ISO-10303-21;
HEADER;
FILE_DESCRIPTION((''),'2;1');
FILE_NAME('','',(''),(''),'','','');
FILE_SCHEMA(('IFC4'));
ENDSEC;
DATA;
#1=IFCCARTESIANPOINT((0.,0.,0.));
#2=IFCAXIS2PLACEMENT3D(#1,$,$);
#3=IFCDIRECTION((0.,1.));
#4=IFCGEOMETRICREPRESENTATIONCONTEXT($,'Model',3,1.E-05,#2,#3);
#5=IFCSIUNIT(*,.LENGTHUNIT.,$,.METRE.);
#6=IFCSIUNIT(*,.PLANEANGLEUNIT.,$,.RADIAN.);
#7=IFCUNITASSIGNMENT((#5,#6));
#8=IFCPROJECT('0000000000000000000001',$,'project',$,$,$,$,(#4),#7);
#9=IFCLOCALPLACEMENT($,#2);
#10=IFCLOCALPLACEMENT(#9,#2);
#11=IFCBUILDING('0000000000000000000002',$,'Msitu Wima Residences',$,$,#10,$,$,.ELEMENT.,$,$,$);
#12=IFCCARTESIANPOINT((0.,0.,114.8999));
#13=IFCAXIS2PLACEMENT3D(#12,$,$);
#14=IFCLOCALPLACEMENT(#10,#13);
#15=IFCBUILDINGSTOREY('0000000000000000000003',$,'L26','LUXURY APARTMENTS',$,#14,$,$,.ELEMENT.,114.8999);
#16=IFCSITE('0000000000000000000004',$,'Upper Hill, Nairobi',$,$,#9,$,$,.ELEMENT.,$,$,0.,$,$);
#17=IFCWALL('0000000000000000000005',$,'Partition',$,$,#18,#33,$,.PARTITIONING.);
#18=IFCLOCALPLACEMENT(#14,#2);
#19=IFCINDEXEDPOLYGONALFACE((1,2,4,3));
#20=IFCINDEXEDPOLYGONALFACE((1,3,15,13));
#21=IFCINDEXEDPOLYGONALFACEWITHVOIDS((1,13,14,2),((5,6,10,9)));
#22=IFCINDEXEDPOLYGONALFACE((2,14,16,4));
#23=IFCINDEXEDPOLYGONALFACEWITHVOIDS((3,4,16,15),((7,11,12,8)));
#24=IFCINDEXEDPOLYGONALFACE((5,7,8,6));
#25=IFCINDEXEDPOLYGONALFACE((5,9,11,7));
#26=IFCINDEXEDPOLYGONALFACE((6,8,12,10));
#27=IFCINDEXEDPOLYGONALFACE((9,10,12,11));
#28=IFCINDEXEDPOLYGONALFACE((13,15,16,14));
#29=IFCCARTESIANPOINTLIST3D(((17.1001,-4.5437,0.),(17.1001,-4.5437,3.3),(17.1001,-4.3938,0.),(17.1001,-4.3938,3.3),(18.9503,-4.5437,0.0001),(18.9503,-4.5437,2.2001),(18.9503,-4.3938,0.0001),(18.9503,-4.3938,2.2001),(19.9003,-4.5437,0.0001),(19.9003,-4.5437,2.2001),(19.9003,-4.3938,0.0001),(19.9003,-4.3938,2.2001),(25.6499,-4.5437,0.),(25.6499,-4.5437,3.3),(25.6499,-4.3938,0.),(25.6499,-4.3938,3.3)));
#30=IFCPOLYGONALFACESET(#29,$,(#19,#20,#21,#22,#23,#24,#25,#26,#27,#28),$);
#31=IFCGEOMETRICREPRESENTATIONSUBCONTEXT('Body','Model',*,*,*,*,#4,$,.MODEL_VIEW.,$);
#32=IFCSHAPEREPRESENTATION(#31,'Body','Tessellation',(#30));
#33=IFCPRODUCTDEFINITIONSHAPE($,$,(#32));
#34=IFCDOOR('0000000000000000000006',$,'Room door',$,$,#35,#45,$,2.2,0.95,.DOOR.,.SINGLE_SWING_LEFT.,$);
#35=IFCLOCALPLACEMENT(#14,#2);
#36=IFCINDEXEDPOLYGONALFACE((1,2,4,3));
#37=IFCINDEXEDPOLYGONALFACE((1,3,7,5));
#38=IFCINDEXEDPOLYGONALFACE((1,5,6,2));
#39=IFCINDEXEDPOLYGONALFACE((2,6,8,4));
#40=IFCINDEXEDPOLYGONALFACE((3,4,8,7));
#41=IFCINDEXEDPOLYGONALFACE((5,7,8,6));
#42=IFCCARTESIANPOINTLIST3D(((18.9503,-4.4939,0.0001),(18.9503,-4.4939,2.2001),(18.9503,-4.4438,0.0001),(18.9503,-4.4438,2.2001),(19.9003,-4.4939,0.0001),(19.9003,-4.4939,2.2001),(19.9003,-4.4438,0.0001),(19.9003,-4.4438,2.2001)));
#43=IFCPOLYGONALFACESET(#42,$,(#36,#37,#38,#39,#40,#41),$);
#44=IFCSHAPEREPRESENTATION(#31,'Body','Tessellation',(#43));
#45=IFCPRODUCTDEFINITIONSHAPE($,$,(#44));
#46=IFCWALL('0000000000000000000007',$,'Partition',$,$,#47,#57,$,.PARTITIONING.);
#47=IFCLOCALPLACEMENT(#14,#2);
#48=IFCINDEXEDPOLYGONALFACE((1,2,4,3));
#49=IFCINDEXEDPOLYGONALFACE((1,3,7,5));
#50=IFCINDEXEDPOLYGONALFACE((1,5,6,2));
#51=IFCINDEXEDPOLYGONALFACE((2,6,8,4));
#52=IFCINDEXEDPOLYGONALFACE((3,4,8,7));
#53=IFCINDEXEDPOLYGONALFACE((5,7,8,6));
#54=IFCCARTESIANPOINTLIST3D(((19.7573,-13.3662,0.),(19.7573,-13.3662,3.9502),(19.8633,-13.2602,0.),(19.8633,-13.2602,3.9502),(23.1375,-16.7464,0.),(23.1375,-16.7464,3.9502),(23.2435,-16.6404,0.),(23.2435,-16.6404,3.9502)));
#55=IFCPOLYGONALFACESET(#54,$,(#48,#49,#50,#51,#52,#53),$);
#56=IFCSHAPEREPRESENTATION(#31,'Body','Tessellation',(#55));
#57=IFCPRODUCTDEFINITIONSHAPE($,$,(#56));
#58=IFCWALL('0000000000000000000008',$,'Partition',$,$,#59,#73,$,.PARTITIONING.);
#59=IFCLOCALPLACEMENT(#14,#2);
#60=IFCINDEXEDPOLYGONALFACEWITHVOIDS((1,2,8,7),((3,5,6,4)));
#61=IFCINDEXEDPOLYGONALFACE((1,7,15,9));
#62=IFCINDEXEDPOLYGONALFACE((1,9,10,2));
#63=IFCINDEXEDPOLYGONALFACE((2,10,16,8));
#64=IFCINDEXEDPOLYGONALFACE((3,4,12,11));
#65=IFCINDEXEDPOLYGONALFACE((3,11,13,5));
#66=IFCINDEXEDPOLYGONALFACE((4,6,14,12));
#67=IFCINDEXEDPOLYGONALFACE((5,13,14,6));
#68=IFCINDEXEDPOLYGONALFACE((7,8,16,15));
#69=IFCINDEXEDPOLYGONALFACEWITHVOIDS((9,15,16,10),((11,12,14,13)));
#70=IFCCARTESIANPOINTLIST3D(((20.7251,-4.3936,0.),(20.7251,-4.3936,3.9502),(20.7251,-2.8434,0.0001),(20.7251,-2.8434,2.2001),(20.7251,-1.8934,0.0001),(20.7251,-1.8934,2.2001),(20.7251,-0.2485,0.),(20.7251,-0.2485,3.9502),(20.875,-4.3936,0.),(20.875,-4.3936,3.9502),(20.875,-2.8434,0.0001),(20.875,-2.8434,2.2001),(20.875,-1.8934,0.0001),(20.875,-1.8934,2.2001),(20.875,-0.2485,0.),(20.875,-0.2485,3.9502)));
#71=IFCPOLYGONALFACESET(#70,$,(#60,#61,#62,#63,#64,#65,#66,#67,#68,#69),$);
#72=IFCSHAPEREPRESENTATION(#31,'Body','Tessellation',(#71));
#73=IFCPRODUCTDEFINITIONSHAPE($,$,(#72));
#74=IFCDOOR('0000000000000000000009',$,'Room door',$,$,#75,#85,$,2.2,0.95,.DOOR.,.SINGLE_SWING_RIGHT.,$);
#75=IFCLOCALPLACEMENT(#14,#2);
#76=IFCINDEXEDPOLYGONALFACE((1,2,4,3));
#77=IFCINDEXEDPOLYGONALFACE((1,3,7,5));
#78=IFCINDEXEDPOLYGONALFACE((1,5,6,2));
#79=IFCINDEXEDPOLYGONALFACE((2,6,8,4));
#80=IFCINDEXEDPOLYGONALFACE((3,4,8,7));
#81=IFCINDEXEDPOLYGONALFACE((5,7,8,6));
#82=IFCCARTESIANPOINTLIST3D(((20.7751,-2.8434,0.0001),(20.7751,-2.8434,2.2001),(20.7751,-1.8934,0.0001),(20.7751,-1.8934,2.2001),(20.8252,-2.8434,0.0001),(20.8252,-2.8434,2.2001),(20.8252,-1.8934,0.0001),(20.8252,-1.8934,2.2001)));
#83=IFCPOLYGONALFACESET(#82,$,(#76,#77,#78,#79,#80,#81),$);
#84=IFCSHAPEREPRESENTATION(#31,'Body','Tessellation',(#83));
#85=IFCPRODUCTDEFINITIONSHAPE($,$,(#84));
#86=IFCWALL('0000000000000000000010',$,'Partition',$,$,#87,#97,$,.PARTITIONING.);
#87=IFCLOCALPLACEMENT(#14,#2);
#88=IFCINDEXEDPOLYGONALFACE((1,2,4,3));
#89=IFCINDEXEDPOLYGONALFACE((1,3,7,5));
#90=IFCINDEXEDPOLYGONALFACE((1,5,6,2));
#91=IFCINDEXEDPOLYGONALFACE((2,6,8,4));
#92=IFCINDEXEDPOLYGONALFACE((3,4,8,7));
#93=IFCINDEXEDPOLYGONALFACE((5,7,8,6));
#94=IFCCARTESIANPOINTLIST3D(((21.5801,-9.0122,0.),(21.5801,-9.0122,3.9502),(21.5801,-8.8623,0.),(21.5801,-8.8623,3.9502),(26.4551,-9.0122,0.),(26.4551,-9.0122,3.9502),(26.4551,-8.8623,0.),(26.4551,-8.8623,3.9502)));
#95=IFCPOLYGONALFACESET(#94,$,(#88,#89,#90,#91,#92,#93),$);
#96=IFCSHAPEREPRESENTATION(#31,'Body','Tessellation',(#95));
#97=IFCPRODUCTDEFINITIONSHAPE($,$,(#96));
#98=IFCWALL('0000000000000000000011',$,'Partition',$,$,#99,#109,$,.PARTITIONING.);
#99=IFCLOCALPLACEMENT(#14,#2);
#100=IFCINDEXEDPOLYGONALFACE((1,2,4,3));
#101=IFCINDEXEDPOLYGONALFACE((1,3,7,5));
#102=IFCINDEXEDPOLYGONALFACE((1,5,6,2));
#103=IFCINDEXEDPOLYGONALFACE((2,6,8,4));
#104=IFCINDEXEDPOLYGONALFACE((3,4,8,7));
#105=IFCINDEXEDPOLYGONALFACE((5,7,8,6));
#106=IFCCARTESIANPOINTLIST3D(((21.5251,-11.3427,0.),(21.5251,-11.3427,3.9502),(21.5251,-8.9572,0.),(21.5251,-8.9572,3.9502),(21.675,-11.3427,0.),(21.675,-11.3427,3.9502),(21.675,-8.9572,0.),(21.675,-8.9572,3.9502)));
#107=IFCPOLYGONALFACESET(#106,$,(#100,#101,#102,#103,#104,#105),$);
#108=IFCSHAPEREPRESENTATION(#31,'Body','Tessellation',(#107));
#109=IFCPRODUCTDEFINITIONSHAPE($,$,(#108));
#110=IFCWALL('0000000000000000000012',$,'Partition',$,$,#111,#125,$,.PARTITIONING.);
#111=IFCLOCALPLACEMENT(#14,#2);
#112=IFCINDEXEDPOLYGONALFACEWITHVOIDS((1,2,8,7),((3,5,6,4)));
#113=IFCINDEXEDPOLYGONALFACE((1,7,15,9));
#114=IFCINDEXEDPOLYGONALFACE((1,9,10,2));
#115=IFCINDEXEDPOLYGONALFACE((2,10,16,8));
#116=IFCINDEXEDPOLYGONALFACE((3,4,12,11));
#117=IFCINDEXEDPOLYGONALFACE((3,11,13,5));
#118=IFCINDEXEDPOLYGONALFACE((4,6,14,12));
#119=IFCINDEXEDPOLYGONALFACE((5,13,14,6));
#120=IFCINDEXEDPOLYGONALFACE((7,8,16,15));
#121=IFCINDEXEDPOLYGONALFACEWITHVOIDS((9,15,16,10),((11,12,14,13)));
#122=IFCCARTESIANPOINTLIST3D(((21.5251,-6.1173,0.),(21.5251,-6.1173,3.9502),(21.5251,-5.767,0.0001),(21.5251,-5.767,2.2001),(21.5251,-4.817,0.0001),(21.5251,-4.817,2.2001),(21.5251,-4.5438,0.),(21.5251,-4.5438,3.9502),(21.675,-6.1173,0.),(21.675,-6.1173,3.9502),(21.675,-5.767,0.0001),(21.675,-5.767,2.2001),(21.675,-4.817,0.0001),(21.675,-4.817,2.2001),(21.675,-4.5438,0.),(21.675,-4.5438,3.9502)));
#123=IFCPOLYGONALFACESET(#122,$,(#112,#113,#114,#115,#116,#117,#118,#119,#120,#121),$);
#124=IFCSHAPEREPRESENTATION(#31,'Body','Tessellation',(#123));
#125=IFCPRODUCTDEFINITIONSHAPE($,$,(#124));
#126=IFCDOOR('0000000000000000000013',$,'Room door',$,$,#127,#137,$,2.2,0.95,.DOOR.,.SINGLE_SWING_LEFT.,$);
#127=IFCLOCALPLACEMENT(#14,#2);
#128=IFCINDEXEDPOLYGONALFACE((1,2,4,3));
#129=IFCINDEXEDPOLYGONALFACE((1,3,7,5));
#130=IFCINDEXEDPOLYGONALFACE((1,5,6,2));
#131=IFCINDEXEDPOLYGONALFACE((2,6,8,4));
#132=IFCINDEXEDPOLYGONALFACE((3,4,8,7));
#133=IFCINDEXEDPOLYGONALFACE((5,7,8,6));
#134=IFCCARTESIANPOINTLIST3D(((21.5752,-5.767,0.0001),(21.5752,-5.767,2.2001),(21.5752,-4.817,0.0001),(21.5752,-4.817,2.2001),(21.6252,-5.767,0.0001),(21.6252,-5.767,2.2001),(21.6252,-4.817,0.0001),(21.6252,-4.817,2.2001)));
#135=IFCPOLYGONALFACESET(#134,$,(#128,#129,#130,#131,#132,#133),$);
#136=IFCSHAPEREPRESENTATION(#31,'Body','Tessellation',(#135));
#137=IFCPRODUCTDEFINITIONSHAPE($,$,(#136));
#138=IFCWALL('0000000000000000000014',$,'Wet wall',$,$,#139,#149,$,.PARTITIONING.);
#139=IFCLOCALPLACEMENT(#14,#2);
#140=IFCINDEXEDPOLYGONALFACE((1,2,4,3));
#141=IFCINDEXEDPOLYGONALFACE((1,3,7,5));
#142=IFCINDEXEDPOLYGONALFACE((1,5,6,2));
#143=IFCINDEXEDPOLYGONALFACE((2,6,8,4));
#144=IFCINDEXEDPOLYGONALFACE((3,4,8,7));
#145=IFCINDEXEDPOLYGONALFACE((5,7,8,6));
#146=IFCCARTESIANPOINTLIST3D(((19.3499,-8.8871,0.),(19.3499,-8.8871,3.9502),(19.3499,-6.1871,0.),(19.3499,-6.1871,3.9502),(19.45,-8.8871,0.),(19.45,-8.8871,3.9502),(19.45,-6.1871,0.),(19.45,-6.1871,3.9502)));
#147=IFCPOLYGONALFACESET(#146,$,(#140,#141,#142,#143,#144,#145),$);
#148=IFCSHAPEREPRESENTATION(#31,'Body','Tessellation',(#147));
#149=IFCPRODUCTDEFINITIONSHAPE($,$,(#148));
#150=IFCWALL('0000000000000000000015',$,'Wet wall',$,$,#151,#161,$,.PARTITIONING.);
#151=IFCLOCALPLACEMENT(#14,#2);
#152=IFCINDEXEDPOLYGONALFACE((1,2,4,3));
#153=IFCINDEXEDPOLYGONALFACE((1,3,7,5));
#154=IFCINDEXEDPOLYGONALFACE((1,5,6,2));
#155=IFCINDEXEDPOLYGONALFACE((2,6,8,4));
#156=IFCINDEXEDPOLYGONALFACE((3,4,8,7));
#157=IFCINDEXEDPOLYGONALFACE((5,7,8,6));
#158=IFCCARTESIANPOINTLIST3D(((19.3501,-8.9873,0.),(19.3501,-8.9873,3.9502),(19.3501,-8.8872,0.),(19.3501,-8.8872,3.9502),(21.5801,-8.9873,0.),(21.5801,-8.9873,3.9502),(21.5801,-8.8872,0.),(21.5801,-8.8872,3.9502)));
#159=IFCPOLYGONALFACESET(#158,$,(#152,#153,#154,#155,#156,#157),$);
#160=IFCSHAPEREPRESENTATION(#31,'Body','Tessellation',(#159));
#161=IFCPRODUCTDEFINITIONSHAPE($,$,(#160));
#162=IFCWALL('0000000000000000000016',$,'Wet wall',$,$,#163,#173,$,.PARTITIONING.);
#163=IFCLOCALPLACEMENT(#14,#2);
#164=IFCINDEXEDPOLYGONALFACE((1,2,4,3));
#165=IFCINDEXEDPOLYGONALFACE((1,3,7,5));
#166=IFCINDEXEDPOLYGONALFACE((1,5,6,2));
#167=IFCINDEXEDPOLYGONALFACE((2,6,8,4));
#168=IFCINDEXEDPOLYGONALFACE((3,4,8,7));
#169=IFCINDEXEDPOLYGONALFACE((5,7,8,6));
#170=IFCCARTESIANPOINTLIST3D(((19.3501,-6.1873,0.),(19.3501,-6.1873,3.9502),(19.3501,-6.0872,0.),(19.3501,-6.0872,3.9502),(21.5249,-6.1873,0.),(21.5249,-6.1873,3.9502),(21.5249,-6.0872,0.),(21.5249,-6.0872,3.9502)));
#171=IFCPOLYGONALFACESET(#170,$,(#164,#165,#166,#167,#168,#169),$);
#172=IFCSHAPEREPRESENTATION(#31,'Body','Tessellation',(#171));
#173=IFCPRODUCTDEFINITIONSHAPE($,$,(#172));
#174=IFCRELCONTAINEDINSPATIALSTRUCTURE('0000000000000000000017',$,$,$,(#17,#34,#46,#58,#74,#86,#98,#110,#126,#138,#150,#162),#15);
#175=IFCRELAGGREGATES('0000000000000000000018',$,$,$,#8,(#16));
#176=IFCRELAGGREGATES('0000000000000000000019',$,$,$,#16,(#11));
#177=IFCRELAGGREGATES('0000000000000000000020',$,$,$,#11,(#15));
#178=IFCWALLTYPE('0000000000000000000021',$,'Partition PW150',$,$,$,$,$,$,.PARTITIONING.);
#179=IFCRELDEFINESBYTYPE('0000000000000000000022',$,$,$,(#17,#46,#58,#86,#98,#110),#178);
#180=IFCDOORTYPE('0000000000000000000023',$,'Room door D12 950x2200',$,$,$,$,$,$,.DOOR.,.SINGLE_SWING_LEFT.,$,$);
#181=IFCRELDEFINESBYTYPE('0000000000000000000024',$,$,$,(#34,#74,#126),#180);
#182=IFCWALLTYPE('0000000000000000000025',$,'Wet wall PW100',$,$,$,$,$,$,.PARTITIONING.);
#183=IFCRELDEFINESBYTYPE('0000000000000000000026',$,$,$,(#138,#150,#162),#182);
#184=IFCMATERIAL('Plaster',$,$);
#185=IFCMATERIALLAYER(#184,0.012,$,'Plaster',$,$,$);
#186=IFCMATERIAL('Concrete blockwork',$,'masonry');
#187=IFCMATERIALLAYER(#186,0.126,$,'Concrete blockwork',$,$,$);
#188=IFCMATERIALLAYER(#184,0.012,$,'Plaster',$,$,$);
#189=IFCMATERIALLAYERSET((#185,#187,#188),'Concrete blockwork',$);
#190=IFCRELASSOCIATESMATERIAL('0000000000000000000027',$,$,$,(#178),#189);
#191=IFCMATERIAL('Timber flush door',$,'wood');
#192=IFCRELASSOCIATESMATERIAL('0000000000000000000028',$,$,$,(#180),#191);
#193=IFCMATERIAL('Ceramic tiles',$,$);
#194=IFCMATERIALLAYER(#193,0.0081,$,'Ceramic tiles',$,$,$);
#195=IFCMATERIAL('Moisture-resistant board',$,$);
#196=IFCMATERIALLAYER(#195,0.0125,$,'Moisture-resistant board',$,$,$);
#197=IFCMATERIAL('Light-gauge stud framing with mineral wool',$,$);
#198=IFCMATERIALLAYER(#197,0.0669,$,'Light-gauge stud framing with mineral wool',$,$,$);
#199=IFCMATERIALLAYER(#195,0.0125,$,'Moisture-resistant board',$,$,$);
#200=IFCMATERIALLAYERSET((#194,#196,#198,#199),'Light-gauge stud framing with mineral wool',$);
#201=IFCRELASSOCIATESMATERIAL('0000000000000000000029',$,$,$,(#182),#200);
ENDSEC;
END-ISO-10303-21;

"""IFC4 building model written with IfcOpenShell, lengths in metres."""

from ifc_helpers import new_model, si_unit, direction, frame, frame_2d, origin, place, context, subcontext, project, spatial, rectangle, extrude, material, layer, layer_set, type_object, element, fill, save


model = new_model("IFC4")

# Units and contexts
model_context = context("Model", 3, precision=1e-05, world=origin(), true_north=direction((0.0, 1.0)))
body_context = subcontext(model_context, "Body", "Model", "MODEL_VIEW")
ifc_project = project(units=[si_unit("LENGTHUNIT", "METRE"), si_unit("PLANEANGLEUNIT", "RADIAN")], contexts=[model_context])

# Site, building, storey
site_placement = place(None, origin())
site = spatial("IfcSite", under=ifc_project, at=site_placement, Name="Upper Hill, Nairobi", CompositionType="ELEMENT", RefElevation=0.0)
building_placement = place(site_placement, origin())
building = spatial("IfcBuilding", under=site, at=building_placement, Name="Msitu Wima Residences", CompositionType="ELEMENT")
storey_placement = place(building_placement, frame((0.0, 0.0, 114.8999)))
storey = spatial("IfcBuildingStorey", under=building, at=storey_placement, Name="L26", Description="LUXURY APARTMENTS", CompositionType="ELEMENT", Elevation=114.8999)

# Wall, opening, door
ifc_material_1 = material(Name="Plaster")
ifc_layer_1 = layer(ifc_material_1, 0.012, Name="Plaster")
ifc_material_2 = material(Name="Concrete blockwork", Category="masonry")
ifc_layer_2 = layer(ifc_material_2, 0.126, Name="Concrete blockwork")
ifc_layer_3 = layer(ifc_material_1, 0.012, Name="Plaster")
ifc_layer_set_1 = layer_set([ifc_layer_1, ifc_layer_2, ifc_layer_3], Name="Concrete blockwork")
wall_type_1 = type_object("IfcWallType", Name="Partition PW150", PredefinedType="PARTITIONING", material=ifc_layer_set_1)
wall_1_placement = place(storey_placement, frame((17.1001, -4.4688, 0.0), z_axis=(0.0, 0.0, 1.0), x_axis=(1.0, 0.0, 0.0)))
wall_1 = element("IfcWall", 1, at=wall_1_placement, inside=storey, type_object=wall_type_1, Name="Partition", PredefinedType="PARTITIONING", context=body_context, shape_type="SweptSolid", body=[
    extrude(rectangle(XDim=8.5498, YDim=0.1499, at=frame_2d((4.2749, 0.0))), origin(), (0.0, 0.0, 1.0), 3.3),
])
opening_1_placement = place(wall_1_placement, frame((1.8501, 0.0, 0.0)))
opening_1 = element("IfcOpeningElement", 2, at=opening_1_placement, cuts=wall_1, PredefinedType="OPENING", context=body_context, shape_type="SweptSolid", body=[
    extrude(rectangle(XDim=0.95, YDim=2.2, at=frame_2d((0.4751, 1.1001))), frame((0.0, 0.085, 0.0), z_axis=(0.0, -1.0, 0.0), x_axis=(1.0, 0.0, 0.0)), (0.0, 0.0, 1.0), 0.1699),
])
ifc_material_3 = material(Name="Timber flush door", Category="wood")
door_type_1 = type_object("IfcDoorType", Name="Room door D12 950x2200", OperationType="SINGLE_SWING_LEFT", PredefinedType="DOOR", material=ifc_material_3)
door_1_placement = place(opening_1_placement, origin())
door_1 = element("IfcDoor", 3, at=door_1_placement, inside=storey, type_object=door_type_1, Name="Room door", OperationType="SINGLE_SWING_LEFT", OverallHeight=2.2, OverallWidth=0.95, PredefinedType="DOOR", context=body_context, shape_type="SweptSolid", body=[
    extrude(rectangle(XDim=0.95, YDim=2.2, at=frame_2d((0.4751, 1.1001))), frame((0.0, 0.0249, 0.0), z_axis=(0.0, -1.0, 0.0), x_axis=(1.0, 0.0, 0.0)), (0.0, 0.0, 1.0), 0.05),
])
fill(opening_1, door_1)

# Wall
wall_2_placement = place(storey_placement, frame((19.8103, -13.3132, 0.0), z_axis=(0.0, 0.0, 1.0), x_axis=(0.707107, -0.707107, 0.0)))
element("IfcWall", 4, at=wall_2_placement, inside=storey, type_object=wall_type_1, Name="Partition", PredefinedType="PARTITIONING", context=body_context, shape_type="SweptSolid", body=[
    extrude(rectangle(XDim=4.7803, YDim=0.1499, at=frame_2d((2.3901, 0.0))), origin(), (0.0, 0.0, 1.0), 3.9502),
])

# Wall, opening, door
wall_3_placement = place(storey_placement, frame((20.8, -4.3936, 0.0), z_axis=(0.0, 0.0, 1.0), x_axis=(0.0, 1.0, 0.0)))
wall_3 = element("IfcWall", 5, at=wall_3_placement, inside=storey, type_object=wall_type_1, Name="Partition", PredefinedType="PARTITIONING", context=body_context, shape_type="SweptSolid", body=[
    extrude(rectangle(XDim=4.145, YDim=0.1499, at=frame_2d((2.0725, 0.0))), origin(), (0.0, 0.0, 1.0), 3.9502),
])
opening_2_placement = place(wall_3_placement, frame((1.55, 0.0, 0.0)))
opening_2 = element("IfcOpeningElement", 6, at=opening_2_placement, cuts=wall_3, PredefinedType="OPENING", context=body_context, shape_type="SweptSolid", body=[
    extrude(rectangle(XDim=0.95, YDim=2.2, at=frame_2d((0.4751, 1.1001))), frame((0.0, 0.085, 0.0), z_axis=(0.0, -1.0, 0.0), x_axis=(1.0, 0.0, 0.0)), (0.0, 0.0, 1.0), 0.1699),
])
door_2_placement = place(opening_2_placement, origin())
door_2 = element("IfcDoor", 7, at=door_2_placement, inside=storey, type_object=door_type_1, Name="Room door", OperationType="SINGLE_SWING_RIGHT", OverallHeight=2.2, OverallWidth=0.95, PredefinedType="DOOR", context=body_context, shape_type="SweptSolid", body=[
    extrude(rectangle(XDim=0.95, YDim=2.2, at=frame_2d((0.4751, 1.1001))), frame((0.0, 0.0249, 0.0), z_axis=(0.0, -1.0, 0.0), x_axis=(1.0, 0.0, 0.0)), (0.0, 0.0, 1.0), 0.05),
])
fill(opening_2, door_2)

# Walls
wall_4_placement = place(storey_placement, frame((21.5801, -8.9373, 0.0), z_axis=(0.0, 0.0, 1.0), x_axis=(1.0, 0.0, 0.0)))
element("IfcWall", 8, at=wall_4_placement, inside=storey, type_object=wall_type_1, Name="Partition", PredefinedType="PARTITIONING", context=body_context, shape_type="SweptSolid", body=[
    extrude(rectangle(XDim=4.875, YDim=0.1499, at=frame_2d((2.4375, 0.0))), origin(), (0.0, 0.0, 1.0), 3.9502),
])
wall_5_placement = place(storey_placement, frame((21.6001, -11.3428, 0.0), z_axis=(0.0, 0.0, 1.0), x_axis=(0.0, 1.0, 0.0)))
element("IfcWall", 9, at=wall_5_placement, inside=storey, type_object=wall_type_1, Name="Partition", PredefinedType="PARTITIONING", context=body_context, shape_type="SweptSolid", body=[
    extrude(rectangle(XDim=2.3855, YDim=0.1499, at=frame_2d((1.1929, 0.0))), origin(), (0.0, 0.0, 1.0), 3.9502),
])

# Wall, opening, door
wall_6_placement = place(storey_placement, frame((21.6001, -6.1172, 0.0), z_axis=(0.0, 0.0, 1.0), x_axis=(0.0, 1.0, 0.0)))
wall_6 = element("IfcWall", 10, at=wall_6_placement, inside=storey, type_object=wall_type_1, Name="Partition", PredefinedType="PARTITIONING", context=body_context, shape_type="SweptSolid", body=[
    extrude(rectangle(XDim=1.5735, YDim=0.1499, at=frame_2d((0.7866, 0.0))), origin(), (0.0, 0.0, 1.0), 3.9502),
])
opening_3_placement = place(wall_6_placement, frame((0.3501, 0.0, 0.0)))
opening_3 = element("IfcOpeningElement", 11, at=opening_3_placement, cuts=wall_6, PredefinedType="OPENING", context=body_context, shape_type="SweptSolid", body=[
    extrude(rectangle(XDim=0.95, YDim=2.2, at=frame_2d((0.4751, 1.1001))), frame((0.0, 0.085, 0.0), z_axis=(0.0, -1.0, 0.0), x_axis=(1.0, 0.0, 0.0)), (0.0, 0.0, 1.0), 0.1699),
])
door_3_placement = place(opening_3_placement, origin())
door_3 = element("IfcDoor", 12, at=door_3_placement, inside=storey, type_object=door_type_1, Name="Room door", OperationType="SINGLE_SWING_LEFT", OverallHeight=2.2, OverallWidth=0.95, PredefinedType="DOOR", context=body_context, shape_type="SweptSolid", body=[
    extrude(rectangle(XDim=0.95, YDim=2.2, at=frame_2d((0.4751, 1.1001))), frame((0.0, 0.0249, 0.0), z_axis=(0.0, -1.0, 0.0), x_axis=(1.0, 0.0, 0.0)), (0.0, 0.0, 1.0), 0.05),
])
fill(opening_3, door_3)

# Walls
ifc_material_4 = material(Name="Ceramic tiles")
ifc_layer_4 = layer(ifc_material_4, 0.0081, Name="Ceramic tiles")
ifc_material_5 = material(Name="Moisture-resistant board")
ifc_layer_5 = layer(ifc_material_5, 0.0125, Name="Moisture-resistant board")
ifc_material_6 = material(Name="Light-gauge stud framing with mineral wool")
ifc_layer_6 = layer(ifc_material_6, 0.0669, Name="Light-gauge stud framing with mineral wool")
ifc_layer_7 = layer(ifc_material_5, 0.0125, Name="Moisture-resistant board")
ifc_layer_set_2 = layer_set([ifc_layer_4, ifc_layer_5, ifc_layer_6, ifc_layer_7], Name="Light-gauge stud framing with mineral wool")
wall_type_2 = type_object("IfcWallType", Name="Wet wall PW100", PredefinedType="PARTITIONING", material=ifc_layer_set_2)
wall_7_placement = place(storey_placement, frame((19.3999, -8.8872, 0.0), z_axis=(0.0, 0.0, 1.0), x_axis=(0.0, 1.0, 0.0)))
element("IfcWall", 13, at=wall_7_placement, inside=storey, type_object=wall_type_2, Name="Wet wall", PredefinedType="PARTITIONING", context=body_context, shape_type="SweptSolid", body=[
    extrude(rectangle(XDim=2.7, YDim=0.1001, at=frame_2d((1.3501, 0.0))), origin(), (0.0, 0.0, 1.0), 3.9502),
])
wall_8_placement = place(storey_placement, frame((19.3501, -8.9373, 0.0), z_axis=(0.0, 0.0, 1.0), x_axis=(1.0, 0.0, 0.0)))
element("IfcWall", 14, at=wall_8_placement, inside=storey, type_object=wall_type_2, Name="Wet wall", PredefinedType="PARTITIONING", context=body_context, shape_type="SweptSolid", body=[
    extrude(rectangle(XDim=2.23, YDim=0.1001, at=frame_2d((1.115, 0.0))), origin(), (0.0, 0.0, 1.0), 3.9502),
])
wall_9_placement = place(storey_placement, frame((19.3501, -6.1372, 0.0), z_axis=(0.0, 0.0, 1.0), x_axis=(1.0, 0.0, 0.0)))
element("IfcWall", 15, at=wall_9_placement, inside=storey, type_object=wall_type_2, Name="Wet wall", PredefinedType="PARTITIONING", context=body_context, shape_type="SweptSolid", body=[
    extrude(rectangle(XDim=2.1748, YDim=0.1001, at=frame_2d((1.0874, 0.0))), origin(), (0.0, 0.0, 1.0), 3.9502),
])

save(model, "model.ifc")
